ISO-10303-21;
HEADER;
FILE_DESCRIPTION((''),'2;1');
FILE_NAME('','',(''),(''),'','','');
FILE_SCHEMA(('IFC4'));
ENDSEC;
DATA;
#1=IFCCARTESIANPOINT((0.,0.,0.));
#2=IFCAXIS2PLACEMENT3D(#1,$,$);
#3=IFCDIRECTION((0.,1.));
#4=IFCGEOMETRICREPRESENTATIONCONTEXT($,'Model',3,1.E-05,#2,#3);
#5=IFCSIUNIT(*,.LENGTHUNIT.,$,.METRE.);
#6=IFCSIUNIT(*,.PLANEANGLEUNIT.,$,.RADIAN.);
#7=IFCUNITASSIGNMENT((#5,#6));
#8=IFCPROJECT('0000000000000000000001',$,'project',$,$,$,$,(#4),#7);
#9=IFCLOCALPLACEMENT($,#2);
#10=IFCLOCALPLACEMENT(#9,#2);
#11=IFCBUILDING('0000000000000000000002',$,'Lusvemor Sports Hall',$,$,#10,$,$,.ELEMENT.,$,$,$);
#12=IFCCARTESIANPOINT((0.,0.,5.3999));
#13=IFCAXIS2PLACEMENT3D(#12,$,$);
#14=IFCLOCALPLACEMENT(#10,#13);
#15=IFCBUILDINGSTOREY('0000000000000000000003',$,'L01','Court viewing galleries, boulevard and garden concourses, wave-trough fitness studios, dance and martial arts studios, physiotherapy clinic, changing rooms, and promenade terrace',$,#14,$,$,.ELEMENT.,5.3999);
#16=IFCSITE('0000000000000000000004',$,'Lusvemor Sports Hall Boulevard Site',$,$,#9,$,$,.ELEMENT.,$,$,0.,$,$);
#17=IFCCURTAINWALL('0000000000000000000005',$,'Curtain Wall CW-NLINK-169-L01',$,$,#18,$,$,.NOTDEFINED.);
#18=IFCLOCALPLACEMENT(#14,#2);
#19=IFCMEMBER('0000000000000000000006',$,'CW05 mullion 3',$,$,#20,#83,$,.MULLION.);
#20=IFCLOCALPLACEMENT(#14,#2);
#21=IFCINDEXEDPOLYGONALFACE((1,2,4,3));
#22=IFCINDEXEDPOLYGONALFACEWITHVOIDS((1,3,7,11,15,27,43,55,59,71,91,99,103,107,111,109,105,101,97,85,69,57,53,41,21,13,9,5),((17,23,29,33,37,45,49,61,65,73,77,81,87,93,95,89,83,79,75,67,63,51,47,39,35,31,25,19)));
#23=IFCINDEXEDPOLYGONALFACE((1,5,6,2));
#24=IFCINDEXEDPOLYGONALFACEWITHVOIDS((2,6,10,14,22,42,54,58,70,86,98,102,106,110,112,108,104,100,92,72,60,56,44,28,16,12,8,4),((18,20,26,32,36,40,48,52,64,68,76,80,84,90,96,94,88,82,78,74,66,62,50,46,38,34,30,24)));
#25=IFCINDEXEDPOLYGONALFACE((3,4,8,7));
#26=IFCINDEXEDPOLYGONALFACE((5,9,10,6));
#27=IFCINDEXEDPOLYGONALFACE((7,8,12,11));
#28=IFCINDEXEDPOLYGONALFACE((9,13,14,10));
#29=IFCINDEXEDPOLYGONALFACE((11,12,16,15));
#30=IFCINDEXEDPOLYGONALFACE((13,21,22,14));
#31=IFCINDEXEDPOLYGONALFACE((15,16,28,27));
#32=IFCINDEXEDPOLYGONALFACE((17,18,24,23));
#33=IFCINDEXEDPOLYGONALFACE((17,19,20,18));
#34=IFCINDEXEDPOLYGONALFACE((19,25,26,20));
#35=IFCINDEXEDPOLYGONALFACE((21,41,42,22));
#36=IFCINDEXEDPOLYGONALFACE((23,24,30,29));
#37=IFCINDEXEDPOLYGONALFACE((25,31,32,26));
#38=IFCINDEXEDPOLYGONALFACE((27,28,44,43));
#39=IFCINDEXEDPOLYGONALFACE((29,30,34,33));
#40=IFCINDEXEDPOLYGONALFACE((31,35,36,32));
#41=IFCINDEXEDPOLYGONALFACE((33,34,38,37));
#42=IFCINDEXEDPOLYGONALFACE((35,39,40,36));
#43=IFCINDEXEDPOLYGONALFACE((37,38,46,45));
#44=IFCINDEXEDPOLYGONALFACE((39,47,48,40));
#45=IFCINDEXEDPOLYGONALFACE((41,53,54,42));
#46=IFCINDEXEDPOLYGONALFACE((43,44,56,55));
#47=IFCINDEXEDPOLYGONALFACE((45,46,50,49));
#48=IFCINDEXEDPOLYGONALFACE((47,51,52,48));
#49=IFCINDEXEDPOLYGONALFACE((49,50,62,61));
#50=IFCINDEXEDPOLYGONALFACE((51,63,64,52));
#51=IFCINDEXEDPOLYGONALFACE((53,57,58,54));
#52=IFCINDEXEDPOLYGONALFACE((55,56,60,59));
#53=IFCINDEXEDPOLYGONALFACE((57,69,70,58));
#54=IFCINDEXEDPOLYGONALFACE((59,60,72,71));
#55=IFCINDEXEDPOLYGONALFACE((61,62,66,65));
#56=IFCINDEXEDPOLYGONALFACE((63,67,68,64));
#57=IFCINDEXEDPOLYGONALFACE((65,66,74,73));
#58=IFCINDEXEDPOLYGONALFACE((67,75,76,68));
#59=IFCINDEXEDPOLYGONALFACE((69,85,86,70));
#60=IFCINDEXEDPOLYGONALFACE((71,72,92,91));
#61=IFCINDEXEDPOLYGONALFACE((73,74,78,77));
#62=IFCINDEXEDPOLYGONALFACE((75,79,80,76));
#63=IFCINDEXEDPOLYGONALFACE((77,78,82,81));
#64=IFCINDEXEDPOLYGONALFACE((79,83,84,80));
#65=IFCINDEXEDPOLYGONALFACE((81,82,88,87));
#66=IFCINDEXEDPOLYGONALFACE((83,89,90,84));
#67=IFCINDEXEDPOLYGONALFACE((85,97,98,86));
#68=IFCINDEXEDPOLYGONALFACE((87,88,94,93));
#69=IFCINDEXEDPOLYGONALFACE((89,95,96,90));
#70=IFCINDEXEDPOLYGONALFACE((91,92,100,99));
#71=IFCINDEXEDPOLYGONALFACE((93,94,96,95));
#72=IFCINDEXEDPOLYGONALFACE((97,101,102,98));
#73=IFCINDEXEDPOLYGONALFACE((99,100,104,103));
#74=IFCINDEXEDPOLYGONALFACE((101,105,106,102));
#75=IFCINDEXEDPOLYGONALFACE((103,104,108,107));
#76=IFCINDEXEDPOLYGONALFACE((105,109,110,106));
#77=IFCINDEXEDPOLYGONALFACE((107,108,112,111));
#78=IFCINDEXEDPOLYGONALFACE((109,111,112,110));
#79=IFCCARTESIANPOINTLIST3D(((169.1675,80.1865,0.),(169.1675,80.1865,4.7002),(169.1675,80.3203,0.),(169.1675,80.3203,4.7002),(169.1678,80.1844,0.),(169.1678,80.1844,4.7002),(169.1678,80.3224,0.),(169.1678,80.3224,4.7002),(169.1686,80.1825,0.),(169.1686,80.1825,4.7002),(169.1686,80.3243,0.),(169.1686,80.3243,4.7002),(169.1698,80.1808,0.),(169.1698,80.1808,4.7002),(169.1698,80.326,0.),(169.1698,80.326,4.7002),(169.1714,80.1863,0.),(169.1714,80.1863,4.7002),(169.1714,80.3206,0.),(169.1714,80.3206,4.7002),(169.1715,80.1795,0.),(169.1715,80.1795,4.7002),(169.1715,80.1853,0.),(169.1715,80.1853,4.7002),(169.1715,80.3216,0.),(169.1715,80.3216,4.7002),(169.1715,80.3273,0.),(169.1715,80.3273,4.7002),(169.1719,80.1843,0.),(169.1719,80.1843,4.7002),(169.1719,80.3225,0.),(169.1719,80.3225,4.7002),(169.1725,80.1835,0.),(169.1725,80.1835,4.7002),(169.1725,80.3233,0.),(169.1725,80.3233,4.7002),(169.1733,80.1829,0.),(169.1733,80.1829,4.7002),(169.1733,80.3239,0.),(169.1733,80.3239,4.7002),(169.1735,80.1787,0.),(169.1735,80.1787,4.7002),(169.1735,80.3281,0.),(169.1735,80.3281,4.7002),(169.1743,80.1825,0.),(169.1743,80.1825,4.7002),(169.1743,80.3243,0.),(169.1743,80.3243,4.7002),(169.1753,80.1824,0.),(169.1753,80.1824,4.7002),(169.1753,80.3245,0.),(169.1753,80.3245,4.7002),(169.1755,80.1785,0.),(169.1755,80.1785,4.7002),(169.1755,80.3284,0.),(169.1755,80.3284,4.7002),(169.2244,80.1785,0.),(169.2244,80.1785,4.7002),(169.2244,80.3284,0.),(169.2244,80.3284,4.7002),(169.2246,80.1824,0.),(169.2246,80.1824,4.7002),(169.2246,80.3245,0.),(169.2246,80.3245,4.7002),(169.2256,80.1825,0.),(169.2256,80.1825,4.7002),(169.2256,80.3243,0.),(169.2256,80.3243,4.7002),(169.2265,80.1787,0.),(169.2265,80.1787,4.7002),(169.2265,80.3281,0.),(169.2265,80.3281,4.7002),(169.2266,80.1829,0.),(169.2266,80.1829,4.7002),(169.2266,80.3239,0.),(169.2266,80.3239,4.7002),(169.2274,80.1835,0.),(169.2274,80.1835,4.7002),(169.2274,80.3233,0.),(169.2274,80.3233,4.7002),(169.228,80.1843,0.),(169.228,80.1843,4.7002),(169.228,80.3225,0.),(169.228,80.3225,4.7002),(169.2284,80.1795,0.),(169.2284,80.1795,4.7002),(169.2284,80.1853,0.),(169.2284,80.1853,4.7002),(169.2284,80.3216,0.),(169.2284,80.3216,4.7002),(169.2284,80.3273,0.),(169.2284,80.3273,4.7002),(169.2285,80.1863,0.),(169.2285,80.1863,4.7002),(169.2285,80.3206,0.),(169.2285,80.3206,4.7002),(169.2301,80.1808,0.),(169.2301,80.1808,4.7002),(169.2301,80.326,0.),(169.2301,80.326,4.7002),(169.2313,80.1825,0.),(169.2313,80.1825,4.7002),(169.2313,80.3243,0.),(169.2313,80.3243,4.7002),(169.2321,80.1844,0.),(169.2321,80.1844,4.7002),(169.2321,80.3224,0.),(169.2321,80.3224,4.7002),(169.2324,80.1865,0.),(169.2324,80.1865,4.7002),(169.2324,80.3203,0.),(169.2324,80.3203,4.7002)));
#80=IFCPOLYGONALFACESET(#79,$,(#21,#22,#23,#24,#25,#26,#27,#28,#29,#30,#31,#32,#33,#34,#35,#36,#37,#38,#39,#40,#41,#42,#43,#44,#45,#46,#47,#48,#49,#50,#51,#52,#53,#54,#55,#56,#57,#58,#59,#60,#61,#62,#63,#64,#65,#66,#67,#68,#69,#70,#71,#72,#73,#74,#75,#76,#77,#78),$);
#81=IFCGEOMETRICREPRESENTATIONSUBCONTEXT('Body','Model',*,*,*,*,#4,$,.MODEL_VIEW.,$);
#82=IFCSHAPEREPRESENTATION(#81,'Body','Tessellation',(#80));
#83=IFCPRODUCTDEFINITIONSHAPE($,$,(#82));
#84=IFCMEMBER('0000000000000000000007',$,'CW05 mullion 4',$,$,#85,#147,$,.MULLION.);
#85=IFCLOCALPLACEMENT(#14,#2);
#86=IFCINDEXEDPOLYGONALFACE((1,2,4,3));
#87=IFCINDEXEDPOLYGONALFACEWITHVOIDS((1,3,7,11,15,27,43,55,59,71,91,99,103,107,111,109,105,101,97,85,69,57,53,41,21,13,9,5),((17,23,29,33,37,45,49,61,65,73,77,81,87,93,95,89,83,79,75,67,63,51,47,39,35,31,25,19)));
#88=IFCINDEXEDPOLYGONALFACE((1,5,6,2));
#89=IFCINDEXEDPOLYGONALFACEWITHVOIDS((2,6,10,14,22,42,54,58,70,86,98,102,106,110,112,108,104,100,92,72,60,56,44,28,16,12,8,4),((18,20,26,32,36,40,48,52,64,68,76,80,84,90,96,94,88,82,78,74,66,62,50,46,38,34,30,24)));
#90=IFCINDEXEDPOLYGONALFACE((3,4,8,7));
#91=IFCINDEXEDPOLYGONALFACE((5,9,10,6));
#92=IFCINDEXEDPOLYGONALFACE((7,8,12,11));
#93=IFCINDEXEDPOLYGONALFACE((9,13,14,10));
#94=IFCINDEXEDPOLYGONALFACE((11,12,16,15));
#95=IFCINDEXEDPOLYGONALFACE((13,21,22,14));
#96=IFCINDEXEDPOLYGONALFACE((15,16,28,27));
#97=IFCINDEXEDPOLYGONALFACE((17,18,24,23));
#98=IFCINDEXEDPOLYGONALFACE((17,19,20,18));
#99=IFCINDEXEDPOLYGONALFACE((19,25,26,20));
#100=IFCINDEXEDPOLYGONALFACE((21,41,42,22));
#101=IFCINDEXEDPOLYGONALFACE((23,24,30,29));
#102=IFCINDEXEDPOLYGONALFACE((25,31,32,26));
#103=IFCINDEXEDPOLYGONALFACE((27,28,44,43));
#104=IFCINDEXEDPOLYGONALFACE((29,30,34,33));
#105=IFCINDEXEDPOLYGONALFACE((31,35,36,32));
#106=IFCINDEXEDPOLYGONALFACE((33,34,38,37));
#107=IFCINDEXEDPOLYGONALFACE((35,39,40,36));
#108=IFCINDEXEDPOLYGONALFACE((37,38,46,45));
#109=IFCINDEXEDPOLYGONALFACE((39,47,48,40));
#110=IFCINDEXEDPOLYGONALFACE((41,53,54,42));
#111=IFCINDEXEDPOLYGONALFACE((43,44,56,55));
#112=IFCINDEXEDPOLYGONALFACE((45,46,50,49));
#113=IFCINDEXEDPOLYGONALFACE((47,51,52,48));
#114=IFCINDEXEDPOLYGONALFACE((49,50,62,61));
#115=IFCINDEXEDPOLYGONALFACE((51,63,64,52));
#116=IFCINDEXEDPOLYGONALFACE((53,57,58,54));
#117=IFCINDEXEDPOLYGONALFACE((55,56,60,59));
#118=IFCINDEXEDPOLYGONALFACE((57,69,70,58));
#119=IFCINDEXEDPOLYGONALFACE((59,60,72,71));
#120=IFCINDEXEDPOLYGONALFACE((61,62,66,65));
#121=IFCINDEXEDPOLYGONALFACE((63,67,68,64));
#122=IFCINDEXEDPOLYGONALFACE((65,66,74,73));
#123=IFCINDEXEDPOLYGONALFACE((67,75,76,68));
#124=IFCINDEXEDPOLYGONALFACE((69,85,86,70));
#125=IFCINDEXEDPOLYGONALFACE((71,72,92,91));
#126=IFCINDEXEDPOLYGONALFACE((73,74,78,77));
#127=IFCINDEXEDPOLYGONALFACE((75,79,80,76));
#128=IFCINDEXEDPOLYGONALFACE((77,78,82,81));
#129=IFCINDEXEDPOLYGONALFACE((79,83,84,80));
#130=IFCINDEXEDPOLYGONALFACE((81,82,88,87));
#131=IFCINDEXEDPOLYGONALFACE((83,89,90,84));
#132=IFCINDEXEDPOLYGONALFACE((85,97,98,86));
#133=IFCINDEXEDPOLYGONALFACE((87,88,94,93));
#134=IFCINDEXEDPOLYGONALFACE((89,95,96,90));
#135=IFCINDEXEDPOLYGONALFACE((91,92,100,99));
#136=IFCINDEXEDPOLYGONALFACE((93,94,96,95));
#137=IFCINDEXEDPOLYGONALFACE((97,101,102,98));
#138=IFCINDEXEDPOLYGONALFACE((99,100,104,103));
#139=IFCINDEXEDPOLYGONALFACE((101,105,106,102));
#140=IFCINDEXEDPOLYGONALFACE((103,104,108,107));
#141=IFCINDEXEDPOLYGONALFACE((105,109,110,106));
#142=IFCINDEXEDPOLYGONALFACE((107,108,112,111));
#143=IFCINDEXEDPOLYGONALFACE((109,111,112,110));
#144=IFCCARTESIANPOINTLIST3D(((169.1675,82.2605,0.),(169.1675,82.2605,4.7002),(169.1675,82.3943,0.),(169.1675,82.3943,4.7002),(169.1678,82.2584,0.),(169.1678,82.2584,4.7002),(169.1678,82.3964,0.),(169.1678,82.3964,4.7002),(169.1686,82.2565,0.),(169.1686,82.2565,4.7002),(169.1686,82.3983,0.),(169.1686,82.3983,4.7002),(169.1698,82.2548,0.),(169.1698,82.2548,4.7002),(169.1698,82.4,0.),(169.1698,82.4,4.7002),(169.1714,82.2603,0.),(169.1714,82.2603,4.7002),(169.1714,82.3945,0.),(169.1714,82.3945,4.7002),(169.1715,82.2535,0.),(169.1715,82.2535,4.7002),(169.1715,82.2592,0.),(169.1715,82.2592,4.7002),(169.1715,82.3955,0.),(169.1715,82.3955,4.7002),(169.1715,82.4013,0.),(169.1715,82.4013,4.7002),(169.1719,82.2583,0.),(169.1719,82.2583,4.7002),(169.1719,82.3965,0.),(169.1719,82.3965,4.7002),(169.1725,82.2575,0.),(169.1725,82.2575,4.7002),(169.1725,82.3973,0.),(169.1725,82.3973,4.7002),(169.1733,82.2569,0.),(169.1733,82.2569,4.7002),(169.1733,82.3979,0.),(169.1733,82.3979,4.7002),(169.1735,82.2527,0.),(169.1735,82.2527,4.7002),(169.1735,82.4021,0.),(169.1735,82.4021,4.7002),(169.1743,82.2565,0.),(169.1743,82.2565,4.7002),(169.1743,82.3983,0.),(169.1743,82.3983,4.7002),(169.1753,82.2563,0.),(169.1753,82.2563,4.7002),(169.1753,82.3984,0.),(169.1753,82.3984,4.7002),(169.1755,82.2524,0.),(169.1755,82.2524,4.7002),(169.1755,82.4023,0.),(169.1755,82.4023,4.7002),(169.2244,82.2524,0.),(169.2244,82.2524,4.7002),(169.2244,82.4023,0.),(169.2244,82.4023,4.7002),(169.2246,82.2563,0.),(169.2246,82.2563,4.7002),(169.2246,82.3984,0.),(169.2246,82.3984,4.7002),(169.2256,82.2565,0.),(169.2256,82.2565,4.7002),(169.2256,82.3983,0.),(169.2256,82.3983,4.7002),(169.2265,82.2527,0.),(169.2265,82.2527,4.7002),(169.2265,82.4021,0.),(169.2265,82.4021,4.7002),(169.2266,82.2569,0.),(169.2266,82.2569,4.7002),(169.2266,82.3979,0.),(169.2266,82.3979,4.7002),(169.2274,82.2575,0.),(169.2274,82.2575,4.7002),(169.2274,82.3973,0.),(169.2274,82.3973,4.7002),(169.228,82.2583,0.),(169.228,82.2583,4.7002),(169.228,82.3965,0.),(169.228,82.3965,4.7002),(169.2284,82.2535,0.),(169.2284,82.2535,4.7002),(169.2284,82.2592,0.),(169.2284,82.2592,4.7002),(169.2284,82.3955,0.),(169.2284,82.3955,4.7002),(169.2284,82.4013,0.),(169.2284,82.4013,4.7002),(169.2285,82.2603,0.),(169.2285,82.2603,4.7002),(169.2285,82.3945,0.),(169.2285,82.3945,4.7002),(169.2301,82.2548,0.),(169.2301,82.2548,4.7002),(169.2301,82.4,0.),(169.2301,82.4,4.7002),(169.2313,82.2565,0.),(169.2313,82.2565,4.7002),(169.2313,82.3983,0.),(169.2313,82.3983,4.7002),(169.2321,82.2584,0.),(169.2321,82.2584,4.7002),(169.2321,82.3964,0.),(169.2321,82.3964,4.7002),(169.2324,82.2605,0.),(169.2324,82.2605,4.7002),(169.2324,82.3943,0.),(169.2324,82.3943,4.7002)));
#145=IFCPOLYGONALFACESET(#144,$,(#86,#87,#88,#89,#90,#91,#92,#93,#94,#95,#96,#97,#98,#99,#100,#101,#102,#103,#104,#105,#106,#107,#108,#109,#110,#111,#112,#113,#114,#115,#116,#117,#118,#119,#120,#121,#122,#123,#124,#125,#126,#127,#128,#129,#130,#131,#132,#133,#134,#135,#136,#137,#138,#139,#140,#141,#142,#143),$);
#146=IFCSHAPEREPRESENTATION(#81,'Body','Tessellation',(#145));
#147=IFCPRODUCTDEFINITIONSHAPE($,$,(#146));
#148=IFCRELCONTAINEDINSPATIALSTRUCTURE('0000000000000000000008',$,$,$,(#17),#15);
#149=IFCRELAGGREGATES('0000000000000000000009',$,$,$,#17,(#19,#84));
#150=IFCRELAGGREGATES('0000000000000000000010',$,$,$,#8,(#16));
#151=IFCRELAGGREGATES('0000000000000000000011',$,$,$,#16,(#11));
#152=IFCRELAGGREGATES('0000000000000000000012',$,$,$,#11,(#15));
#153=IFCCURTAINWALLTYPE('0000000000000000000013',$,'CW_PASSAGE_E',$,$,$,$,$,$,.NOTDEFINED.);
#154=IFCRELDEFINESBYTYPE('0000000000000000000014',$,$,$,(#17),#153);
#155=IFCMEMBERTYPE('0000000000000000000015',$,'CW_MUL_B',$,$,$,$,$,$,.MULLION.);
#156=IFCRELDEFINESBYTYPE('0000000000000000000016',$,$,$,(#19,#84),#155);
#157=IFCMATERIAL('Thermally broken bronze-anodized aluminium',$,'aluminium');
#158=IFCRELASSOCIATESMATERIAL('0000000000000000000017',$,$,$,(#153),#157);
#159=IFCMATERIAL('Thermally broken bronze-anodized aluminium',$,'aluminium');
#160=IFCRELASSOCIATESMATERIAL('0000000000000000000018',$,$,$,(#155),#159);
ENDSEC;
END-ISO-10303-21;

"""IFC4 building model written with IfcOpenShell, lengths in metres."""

from ifc_helpers import new_model, si_unit, direction, frame, origin, origin_2d, place, context, subcontext, project, spatial, hollow_rectangle, extrude, material, material_profile, profile_set, type_object, element, aggregate, save


model = new_model("IFC4")

# Units and contexts
model_context = context("Model", 3, precision=1e-05, world=origin(), true_north=direction((0.0, 1.0)))
body_context = subcontext(model_context, "Body", "Model", "MODEL_VIEW")
ifc_project = project(units=[si_unit("LENGTHUNIT", "METRE"), si_unit("PLANEANGLEUNIT", "RADIAN")], contexts=[model_context])

# Site, building, storey
site_placement = place(None, origin())
site = spatial("IfcSite", under=ifc_project, at=site_placement, Name="Lusvemor Sports Hall Boulevard Site", CompositionType="ELEMENT", RefElevation=0.0)
building_placement = place(site_placement, origin())
building = spatial("IfcBuilding", under=site, at=building_placement, Name="Lusvemor Sports Hall", CompositionType="ELEMENT")
storey_placement = place(building_placement, frame((0.0, 0.0, 5.3999)))
storey = spatial("IfcBuildingStorey", under=building, at=storey_placement, Name="L01", Description="Court viewing galleries, boulevard and garden concourses, wave-trough fitness studios, dance and martial arts studios, physiotherapy clinic, changing rooms, and promenade terrace", CompositionType="ELEMENT", Elevation=5.3999)

# Curtain wall, members
ifc_material_1 = material(Name="Thermally broken bronze-anodized aluminium", Category="aluminium")
curtain_wall_type = type_object("IfcCurtainWallType", Name="CW_PASSAGE_E", PredefinedType="NOTDEFINED", material=ifc_material_1)
curtain_wall_placement = place(storey_placement, origin())
curtain_wall = element("IfcCurtainWall", 1, at=curtain_wall_placement, inside=storey, type_object=curtain_wall_type, Name="Curtain Wall CW-NLINK-169-L01", PredefinedType="NOTDEFINED")
ifc_material_2 = material(Name="Thermally broken bronze-anodized aluminium", Category="aluminium")
ifc_material_profile_1 = material_profile(ifc_material_2, hollow_rectangle(XDim=0.0649, YDim=0.1499, WallThickness=0.0039, InnerFilletRadius=0.0039, OuterFilletRadius=0.0081, at=origin_2d()), Name="CWMUL150x65x4")
ifc_profile_set_1 = profile_set([ifc_material_profile_1], Name="Thermally broken bronze-anodized aluminium")
member_type_1 = type_object("IfcMemberType", Name="CW_MUL_B", PredefinedType="MULLION", material=ifc_profile_set_1)
member_1_placement = place(storey_placement, frame((169.2, 80.2534, 0.0), z_axis=(0.0, 0.0, 1.0), x_axis=(-1.0, 0.0, 0.0)))
member_1 = element("IfcMember", 2, at=member_1_placement, type_object=member_type_1, Name="CW05 mullion 3", PredefinedType="MULLION", context=body_context, shape_type="SweptSolid", body=[
    extrude(hollow_rectangle(XDim=0.0649, YDim=0.1499, WallThickness=0.0039, InnerFilletRadius=0.0039, OuterFilletRadius=0.0081, at=origin_2d()), origin(), (0.0, 0.0, 1.0), 4.7002),
])
member_2_placement = place(storey_placement, frame((169.2, 82.3274, 0.0), z_axis=(0.0, 0.0, 1.0), x_axis=(-1.0, 0.0, 0.0)))
member_2 = element("IfcMember", 3, at=member_2_placement, type_object=member_type_1, Name="CW05 mullion 4", PredefinedType="MULLION", context=body_context, shape_type="SweptSolid", body=[
    extrude(hollow_rectangle(XDim=0.0649, YDim=0.1499, WallThickness=0.0039, InnerFilletRadius=0.0039, OuterFilletRadius=0.0081, at=origin_2d()), origin(), (0.0, 0.0, 1.0), 4.7002),
])

aggregate(curtain_wall, [member_1, member_2])

save(model, "model.ifc")
